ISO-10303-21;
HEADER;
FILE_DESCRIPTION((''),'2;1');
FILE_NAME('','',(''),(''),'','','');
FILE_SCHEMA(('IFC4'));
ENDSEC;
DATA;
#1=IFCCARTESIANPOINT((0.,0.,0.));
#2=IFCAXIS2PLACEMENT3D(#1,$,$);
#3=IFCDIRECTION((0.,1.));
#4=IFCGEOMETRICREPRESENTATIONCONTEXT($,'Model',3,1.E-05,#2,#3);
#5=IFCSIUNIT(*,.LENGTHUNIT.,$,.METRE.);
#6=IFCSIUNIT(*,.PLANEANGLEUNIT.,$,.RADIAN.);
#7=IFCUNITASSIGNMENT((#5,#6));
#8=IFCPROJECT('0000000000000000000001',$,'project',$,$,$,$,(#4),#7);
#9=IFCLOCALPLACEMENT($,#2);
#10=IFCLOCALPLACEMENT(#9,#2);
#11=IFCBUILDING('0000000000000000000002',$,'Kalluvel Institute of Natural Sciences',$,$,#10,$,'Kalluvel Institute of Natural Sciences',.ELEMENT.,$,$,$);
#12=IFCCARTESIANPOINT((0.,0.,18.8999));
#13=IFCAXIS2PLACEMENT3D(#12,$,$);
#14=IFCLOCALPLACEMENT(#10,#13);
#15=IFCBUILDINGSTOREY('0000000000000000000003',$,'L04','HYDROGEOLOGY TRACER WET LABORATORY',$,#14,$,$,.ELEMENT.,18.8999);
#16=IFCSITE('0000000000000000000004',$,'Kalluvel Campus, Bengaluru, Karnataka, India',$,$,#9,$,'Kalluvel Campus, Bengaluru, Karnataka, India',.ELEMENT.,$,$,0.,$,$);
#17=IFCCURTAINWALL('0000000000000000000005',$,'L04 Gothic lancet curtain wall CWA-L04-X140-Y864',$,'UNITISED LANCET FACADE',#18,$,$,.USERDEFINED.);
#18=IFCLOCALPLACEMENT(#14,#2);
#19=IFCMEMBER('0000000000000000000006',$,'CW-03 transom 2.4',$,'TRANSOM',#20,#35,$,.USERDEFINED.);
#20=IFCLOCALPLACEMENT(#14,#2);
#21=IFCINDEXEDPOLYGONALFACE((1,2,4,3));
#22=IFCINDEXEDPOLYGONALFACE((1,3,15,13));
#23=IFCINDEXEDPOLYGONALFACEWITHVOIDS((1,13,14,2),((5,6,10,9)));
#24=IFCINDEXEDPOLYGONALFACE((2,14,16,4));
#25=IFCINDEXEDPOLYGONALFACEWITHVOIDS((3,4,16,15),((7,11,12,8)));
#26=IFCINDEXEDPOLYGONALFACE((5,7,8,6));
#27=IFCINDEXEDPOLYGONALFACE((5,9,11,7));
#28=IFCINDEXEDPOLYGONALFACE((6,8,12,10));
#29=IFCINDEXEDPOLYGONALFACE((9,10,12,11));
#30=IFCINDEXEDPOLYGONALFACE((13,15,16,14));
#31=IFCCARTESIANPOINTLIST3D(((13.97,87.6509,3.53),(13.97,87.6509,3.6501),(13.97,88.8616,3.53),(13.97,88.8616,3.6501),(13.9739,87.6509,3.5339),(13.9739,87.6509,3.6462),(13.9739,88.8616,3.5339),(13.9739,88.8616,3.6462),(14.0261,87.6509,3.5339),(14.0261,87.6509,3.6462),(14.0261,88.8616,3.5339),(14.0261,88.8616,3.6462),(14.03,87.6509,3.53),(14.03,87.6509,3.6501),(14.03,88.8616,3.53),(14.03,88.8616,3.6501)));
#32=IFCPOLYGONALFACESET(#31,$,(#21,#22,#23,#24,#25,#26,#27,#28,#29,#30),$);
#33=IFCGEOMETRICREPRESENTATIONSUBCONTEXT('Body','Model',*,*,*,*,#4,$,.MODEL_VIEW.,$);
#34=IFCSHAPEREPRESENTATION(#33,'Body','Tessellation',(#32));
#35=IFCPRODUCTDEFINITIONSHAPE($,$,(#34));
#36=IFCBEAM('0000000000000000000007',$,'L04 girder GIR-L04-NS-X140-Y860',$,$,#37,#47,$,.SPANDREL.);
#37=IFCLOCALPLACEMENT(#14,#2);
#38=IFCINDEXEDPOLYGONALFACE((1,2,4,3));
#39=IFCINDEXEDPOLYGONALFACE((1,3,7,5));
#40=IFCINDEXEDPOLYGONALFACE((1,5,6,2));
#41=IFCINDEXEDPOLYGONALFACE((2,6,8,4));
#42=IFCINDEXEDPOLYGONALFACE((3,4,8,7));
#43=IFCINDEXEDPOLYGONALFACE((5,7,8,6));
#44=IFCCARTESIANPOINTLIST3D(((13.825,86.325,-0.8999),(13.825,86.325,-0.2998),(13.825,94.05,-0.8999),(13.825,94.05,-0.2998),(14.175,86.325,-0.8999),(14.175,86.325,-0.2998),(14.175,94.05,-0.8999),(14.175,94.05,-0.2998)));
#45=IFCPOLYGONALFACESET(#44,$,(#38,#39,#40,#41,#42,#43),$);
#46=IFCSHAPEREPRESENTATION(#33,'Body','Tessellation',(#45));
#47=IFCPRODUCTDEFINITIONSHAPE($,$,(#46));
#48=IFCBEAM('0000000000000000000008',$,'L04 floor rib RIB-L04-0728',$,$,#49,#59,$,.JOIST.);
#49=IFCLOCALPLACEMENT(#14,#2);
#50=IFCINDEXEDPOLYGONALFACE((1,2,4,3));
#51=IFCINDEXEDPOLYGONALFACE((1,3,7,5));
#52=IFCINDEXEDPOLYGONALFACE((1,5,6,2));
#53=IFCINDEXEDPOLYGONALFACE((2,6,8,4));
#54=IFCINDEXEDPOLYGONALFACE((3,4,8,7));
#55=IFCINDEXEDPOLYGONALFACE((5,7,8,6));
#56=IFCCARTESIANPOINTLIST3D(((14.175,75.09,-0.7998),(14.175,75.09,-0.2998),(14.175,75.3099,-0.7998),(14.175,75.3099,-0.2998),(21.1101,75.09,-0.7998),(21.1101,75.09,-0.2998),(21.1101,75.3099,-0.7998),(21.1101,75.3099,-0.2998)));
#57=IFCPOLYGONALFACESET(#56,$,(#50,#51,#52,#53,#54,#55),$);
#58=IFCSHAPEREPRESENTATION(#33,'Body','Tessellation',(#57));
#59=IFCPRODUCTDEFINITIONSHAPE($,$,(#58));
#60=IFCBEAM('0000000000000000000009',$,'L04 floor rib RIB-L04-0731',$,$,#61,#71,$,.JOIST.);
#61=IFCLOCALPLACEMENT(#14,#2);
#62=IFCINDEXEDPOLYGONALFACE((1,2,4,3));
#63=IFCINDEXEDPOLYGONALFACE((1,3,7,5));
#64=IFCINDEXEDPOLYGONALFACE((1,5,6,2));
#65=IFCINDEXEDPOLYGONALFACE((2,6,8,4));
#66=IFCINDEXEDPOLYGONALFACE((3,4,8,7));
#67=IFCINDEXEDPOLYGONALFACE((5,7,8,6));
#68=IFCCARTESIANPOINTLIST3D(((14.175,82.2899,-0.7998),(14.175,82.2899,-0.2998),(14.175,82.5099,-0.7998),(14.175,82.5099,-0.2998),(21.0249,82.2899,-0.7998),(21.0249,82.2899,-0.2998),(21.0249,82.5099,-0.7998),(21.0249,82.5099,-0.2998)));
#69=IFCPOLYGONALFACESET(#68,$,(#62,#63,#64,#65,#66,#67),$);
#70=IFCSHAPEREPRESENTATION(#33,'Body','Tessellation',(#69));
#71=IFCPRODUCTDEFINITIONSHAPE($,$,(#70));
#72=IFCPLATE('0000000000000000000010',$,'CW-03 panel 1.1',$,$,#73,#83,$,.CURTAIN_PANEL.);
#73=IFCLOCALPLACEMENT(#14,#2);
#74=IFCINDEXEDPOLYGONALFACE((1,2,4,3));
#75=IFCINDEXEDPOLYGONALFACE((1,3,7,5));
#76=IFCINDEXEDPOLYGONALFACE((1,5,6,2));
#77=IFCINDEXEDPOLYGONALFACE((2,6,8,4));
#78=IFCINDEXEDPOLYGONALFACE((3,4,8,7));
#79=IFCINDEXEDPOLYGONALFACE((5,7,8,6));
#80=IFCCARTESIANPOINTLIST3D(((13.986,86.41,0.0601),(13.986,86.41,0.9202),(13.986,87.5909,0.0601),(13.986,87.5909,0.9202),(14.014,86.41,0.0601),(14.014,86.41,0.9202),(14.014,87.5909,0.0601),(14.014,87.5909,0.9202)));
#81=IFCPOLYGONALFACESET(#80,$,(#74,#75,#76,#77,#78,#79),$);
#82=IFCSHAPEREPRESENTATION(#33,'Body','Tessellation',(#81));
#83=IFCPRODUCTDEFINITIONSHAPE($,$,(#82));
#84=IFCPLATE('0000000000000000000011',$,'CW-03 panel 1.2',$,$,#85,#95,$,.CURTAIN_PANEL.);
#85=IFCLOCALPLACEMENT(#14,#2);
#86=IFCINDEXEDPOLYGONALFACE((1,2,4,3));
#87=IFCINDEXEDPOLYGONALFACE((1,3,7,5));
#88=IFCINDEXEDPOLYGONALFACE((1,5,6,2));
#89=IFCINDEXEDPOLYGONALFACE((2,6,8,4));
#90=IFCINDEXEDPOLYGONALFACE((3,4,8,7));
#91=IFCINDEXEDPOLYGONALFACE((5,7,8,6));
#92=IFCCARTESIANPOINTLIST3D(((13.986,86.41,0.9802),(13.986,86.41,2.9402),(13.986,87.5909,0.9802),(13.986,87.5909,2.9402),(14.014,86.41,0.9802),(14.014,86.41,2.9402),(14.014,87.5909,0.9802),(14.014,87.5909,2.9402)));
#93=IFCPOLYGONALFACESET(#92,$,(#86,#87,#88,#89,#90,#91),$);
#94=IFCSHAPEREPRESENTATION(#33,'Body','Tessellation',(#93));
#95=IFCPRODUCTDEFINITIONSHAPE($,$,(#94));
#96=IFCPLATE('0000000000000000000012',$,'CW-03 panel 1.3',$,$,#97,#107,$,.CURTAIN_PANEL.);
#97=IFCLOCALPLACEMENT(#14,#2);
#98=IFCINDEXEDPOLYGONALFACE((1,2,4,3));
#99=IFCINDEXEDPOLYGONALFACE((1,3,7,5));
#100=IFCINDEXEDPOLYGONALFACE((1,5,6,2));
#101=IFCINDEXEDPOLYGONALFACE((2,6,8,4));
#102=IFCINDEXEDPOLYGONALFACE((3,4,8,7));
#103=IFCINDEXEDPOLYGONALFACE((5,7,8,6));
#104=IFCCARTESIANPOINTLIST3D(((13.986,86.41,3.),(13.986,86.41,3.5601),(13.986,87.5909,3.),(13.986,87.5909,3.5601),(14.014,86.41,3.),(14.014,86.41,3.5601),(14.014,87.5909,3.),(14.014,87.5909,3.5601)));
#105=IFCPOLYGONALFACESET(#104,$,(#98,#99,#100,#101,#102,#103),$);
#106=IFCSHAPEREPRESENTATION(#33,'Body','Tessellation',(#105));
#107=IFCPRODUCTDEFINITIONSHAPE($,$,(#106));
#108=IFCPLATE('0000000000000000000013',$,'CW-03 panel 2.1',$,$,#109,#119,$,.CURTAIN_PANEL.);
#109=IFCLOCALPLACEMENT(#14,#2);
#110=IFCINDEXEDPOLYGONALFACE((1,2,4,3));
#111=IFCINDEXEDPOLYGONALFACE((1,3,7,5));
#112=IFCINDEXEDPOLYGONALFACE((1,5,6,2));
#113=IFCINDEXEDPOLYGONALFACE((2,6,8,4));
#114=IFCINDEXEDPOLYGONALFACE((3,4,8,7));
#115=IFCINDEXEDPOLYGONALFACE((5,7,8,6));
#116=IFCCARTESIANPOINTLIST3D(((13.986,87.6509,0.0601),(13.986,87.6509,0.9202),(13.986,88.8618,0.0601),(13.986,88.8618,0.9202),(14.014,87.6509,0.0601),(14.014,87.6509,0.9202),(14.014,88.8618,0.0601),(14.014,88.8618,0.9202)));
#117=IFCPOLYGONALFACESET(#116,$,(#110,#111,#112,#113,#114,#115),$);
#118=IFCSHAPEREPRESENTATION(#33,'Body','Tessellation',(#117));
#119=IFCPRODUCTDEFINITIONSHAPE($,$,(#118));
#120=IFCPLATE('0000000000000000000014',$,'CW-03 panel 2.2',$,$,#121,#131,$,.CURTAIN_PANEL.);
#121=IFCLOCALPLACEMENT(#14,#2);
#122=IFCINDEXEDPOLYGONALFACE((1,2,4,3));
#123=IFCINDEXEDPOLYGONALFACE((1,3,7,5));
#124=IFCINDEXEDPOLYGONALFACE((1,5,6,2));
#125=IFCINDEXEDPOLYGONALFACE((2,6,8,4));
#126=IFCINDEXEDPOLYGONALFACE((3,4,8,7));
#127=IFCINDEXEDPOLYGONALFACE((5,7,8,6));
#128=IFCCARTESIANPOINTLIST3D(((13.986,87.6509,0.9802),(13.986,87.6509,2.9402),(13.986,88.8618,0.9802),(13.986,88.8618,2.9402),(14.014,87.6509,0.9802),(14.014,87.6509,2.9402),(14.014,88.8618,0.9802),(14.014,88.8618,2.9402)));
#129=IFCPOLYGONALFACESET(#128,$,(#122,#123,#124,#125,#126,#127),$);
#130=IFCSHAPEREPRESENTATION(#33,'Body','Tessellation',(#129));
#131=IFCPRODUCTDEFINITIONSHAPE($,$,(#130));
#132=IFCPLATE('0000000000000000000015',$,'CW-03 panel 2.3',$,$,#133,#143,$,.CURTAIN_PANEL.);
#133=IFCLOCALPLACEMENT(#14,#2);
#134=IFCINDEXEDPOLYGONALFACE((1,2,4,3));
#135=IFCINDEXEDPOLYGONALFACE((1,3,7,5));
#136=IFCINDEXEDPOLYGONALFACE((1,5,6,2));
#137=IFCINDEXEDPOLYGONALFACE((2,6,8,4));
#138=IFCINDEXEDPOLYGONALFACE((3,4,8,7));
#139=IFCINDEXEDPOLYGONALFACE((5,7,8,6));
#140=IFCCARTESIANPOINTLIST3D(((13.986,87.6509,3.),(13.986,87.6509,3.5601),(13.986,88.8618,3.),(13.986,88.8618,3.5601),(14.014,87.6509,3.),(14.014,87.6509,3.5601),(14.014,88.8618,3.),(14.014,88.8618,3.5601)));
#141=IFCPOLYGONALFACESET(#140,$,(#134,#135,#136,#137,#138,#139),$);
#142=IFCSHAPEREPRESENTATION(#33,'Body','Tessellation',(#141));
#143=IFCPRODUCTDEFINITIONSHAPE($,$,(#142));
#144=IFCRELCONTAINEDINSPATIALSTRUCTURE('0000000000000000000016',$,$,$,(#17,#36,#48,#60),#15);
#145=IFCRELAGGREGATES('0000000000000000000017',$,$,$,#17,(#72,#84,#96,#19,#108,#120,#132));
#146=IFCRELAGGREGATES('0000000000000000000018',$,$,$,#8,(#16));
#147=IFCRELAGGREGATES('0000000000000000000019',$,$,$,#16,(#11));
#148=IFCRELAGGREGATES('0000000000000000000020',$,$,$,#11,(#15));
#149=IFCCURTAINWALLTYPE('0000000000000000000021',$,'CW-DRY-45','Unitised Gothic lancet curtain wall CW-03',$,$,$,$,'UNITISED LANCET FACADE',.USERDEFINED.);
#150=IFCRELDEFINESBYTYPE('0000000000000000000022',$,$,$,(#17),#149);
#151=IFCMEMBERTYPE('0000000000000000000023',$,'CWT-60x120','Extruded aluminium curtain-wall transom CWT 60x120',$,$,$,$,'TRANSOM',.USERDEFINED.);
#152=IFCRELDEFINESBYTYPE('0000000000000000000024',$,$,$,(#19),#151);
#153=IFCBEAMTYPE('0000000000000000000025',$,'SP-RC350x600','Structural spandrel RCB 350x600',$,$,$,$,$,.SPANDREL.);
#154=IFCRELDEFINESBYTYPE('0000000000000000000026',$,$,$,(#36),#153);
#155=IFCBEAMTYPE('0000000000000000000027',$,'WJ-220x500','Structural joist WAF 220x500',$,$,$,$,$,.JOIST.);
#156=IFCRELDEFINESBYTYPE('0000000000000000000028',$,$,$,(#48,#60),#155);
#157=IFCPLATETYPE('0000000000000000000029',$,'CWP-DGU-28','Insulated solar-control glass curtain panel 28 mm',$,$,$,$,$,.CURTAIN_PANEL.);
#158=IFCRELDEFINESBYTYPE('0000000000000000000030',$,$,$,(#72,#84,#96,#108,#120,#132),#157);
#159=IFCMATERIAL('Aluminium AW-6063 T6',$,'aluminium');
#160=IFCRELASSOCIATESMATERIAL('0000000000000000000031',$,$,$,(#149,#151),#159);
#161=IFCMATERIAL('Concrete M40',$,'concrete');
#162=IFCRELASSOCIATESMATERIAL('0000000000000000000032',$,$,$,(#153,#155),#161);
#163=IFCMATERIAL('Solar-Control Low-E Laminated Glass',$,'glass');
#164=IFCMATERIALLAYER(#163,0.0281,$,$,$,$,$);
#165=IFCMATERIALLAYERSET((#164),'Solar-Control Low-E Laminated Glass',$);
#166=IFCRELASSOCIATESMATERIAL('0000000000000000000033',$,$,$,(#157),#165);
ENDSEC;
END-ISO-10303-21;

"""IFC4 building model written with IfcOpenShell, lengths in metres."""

from ifc_helpers import new_model, si_unit, direction, frame, origin, origin_2d, place, context, subcontext, project, spatial, rectangle, hollow_rectangle, extrude, material, layer, layer_set, material_profile, profile_set, type_object, element, aggregate, save


model = new_model("IFC4")

# Units and contexts
model_context = context("Model", 3, precision=1e-05, world=origin(), true_north=direction((0.0, 1.0)))
body_context = subcontext(model_context, "Body", "Model", "MODEL_VIEW")
ifc_project = project(units=[si_unit("LENGTHUNIT", "METRE"), si_unit("PLANEANGLEUNIT", "RADIAN")], contexts=[model_context])

# Site, building, storey
site_placement = place(None, origin())
site = spatial("IfcSite", under=ifc_project, at=site_placement, Name="Kalluvel Campus, Bengaluru, Karnataka, India", LongName="Kalluvel Campus, Bengaluru, Karnataka, India", CompositionType="ELEMENT", RefElevation=0.0)
building_placement = place(site_placement, origin())
building = spatial("IfcBuilding", under=site, at=building_placement, Name="Kalluvel Institute of Natural Sciences", LongName="Kalluvel Institute of Natural Sciences", CompositionType="ELEMENT")
storey_placement = place(building_placement, frame((0.0, 0.0, 18.8999)))
storey = spatial("IfcBuildingStorey", under=building, at=storey_placement, Name="L04", Description="HYDROGEOLOGY TRACER WET LABORATORY", CompositionType="ELEMENT", Elevation=18.8999)

# Shared definitions
ifc_material_1 = material(Name="Concrete M40", Category="concrete")

# Curtain wall, member
ifc_material_2 = material(Name="Aluminium AW-6063 T6", Category="aluminium")
curtain_wall_type = type_object("IfcCurtainWallType", Name="CW-DRY-45", Description="Unitised Gothic lancet curtain wall CW-03", ElementType="UNITISED LANCET FACADE", PredefinedType="USERDEFINED", material=ifc_material_2)
curtain_wall_placement = place(storey_placement, origin())
curtain_wall = element("IfcCurtainWall", 1, at=curtain_wall_placement, inside=storey, type_object=curtain_wall_type, Name="L04 Gothic lancet curtain wall CWA-L04-X140-Y864", ObjectType="UNITISED LANCET FACADE", PredefinedType="USERDEFINED")
ifc_material_profile_1 = material_profile(ifc_material_2, hollow_rectangle(XDim=0.0601, YDim=0.1201, WallThickness=0.0039, at=origin_2d()), Name="CWT 60x120")
ifc_profile_set_1 = profile_set([ifc_material_profile_1], Name="Aluminium AW-6063 T6")
member_type_1 = type_object("IfcMemberType", Name="CWT-60x120", Description="Extruded aluminium curtain-wall transom CWT 60x120", ElementType="TRANSOM", PredefinedType="USERDEFINED", material=ifc_profile_set_1)
member_1_placement = place(storey_placement, frame((14.0, 87.6509, 3.5901), z_axis=(0.0, 1.0, 0.0), x_axis=(-1.0, 0.0, 0.0)))
member_1 = element("IfcMember", 2, at=member_1_placement, type_object=member_type_1, Name="CW-03 transom 2.4", ObjectType="TRANSOM", PredefinedType="USERDEFINED", context=body_context, shape_type="SweptSolid", body=[
    extrude(hollow_rectangle(XDim=0.0601, YDim=0.1201, WallThickness=0.0039, at=origin_2d()), origin(), (0.0, 0.0, 1.0), 1.2107),
])

# Beams
ifc_material_profile_2 = material_profile(ifc_material_1, rectangle(XDim=0.3501, YDim=0.6001, at=origin_2d()), Name="RCB 350x600")
ifc_profile_set_2 = profile_set([ifc_material_profile_2], Name="Concrete M40")
beam_type_1 = type_object("IfcBeamType", Name="SP-RC350x600", Description="Structural spandrel RCB 350x600", PredefinedType="SPANDREL", material=ifc_profile_set_2)
beam_1_placement = place(storey_placement, frame((14.0, 86.325, -0.5999), z_axis=(0.0, 1.0, 0.0), x_axis=(-1.0, 0.0, 0.0)))
element("IfcBeam", 3, at=beam_1_placement, inside=storey, type_object=beam_type_1, Name="L04 girder GIR-L04-NS-X140-Y860", PredefinedType="SPANDREL", context=body_context, shape_type="SweptSolid", body=[
    extrude(rectangle(XDim=0.3501, YDim=0.6001, at=origin_2d()), origin(), (0.0, 0.0, 1.0), 7.7251),
])
ifc_material_profile_3 = material_profile(ifc_material_1, rectangle(XDim=0.22, YDim=0.5, at=origin_2d()), Name="WAF 220x500")
ifc_profile_set_3 = profile_set([ifc_material_profile_3], Name="Concrete M40")
beam_type_2 = type_object("IfcBeamType", Name="WJ-220x500", Description="Structural joist WAF 220x500", PredefinedType="JOIST", material=ifc_profile_set_3)
beam_2_placement = place(storey_placement, frame((14.175, 75.2, -0.5498), z_axis=(1.0, 0.0, 0.0), x_axis=(0.0, 1.0, 0.0)))
element("IfcBeam", 4, at=beam_2_placement, inside=storey, type_object=beam_type_2, Name="L04 floor rib RIB-L04-0728", PredefinedType="JOIST", context=body_context, shape_type="SweptSolid", body=[
    extrude(rectangle(XDim=0.22, YDim=0.5, at=origin_2d()), origin(), (0.0, 0.0, 1.0), 6.9351),
])
beam_3_placement = place(storey_placement, frame((14.175, 82.3999, -0.5498), z_axis=(1.0, 0.0, 0.0), x_axis=(0.0, 1.0, 0.0)))
element("IfcBeam", 5, at=beam_3_placement, inside=storey, type_object=beam_type_2, Name="L04 floor rib RIB-L04-0731", PredefinedType="JOIST", context=body_context, shape_type="SweptSolid", body=[
    extrude(rectangle(XDim=0.22, YDim=0.5, at=origin_2d()), origin(), (0.0, 0.0, 1.0), 6.8499),
])

# Plates
ifc_material_3 = material(Name="Solar-Control Low-E Laminated Glass", Category="glass")
ifc_layer = layer(ifc_material_3, 0.0281)
ifc_layer_set = layer_set([ifc_layer], Name="Solar-Control Low-E Laminated Glass")
plate_type = type_object("IfcPlateType", Name="CWP-DGU-28", Description="Insulated solar-control glass curtain panel 28 mm", PredefinedType="CURTAIN_PANEL", material=ifc_layer_set)
plate_1_placement = place(storey_placement, frame((14.0, 87.0005, 0.0601), z_axis=(0.0, 0.0, 1.0), x_axis=(0.0, 1.0, 0.0)))
plate_1 = element("IfcPlate", 6, at=plate_1_placement, type_object=plate_type, Name="CW-03 panel 1.1", PredefinedType="CURTAIN_PANEL", context=body_context, shape_type="SweptSolid", body=[
    extrude(rectangle(XDim=1.1809, YDim=0.0281, at=origin_2d()), origin(), (0.0, 0.0, 1.0), 0.8601),
])
plate_2_placement = place(storey_placement, frame((14.0, 87.0005, 0.9802), z_axis=(0.0, 0.0, 1.0), x_axis=(0.0, 1.0, 0.0)))
plate_2 = element("IfcPlate", 7, at=plate_2_placement, type_object=plate_type, Name="CW-03 panel 1.2", PredefinedType="CURTAIN_PANEL", context=body_context, shape_type="SweptSolid", body=[
    extrude(rectangle(XDim=1.1809, YDim=0.0281, at=origin_2d()), origin(), (0.0, 0.0, 1.0), 1.96),
])
plate_3_placement = place(storey_placement, frame((14.0, 87.0005, 3.0), z_axis=(0.0, 0.0, 1.0), x_axis=(0.0, 1.0, 0.0)))
plate_3 = element("IfcPlate", 8, at=plate_3_placement, type_object=plate_type, Name="CW-03 panel 1.3", PredefinedType="CURTAIN_PANEL", context=body_context, shape_type="SweptSolid", body=[
    extrude(rectangle(XDim=1.1809, YDim=0.0281, at=origin_2d()), origin(), (0.0, 0.0, 1.0), 0.5601),
])
plate_4_placement = place(storey_placement, frame((14.0, 88.2563, 0.0601), z_axis=(0.0, 0.0, 1.0), x_axis=(0.0, 1.0, 0.0)))
plate_4 = element("IfcPlate", 9, at=plate_4_placement, type_object=plate_type, Name="CW-03 panel 2.1", PredefinedType="CURTAIN_PANEL", context=body_context, shape_type="SweptSolid", body=[
    extrude(rectangle(XDim=1.2109, YDim=0.0281, at=origin_2d()), origin(), (0.0, 0.0, 1.0), 0.8601),
])
plate_5_placement = place(storey_placement, frame((14.0, 88.2563, 0.9802), z_axis=(0.0, 0.0, 1.0), x_axis=(0.0, 1.0, 0.0)))
plate_5 = element("IfcPlate", 10, at=plate_5_placement, type_object=plate_type, Name="CW-03 panel 2.2", PredefinedType="CURTAIN_PANEL", context=body_context, shape_type="SweptSolid", body=[
    extrude(rectangle(XDim=1.2109, YDim=0.0281, at=origin_2d()), origin(), (0.0, 0.0, 1.0), 1.96),
])
plate_6_placement = place(storey_placement, frame((14.0, 88.2563, 3.0), z_axis=(0.0, 0.0, 1.0), x_axis=(0.0, 1.0, 0.0)))
plate_6 = element("IfcPlate", 11, at=plate_6_placement, type_object=plate_type, Name="CW-03 panel 2.3", PredefinedType="CURTAIN_PANEL", context=body_context, shape_type="SweptSolid", body=[
    extrude(rectangle(XDim=1.2109, YDim=0.0281, at=origin_2d()), origin(), (0.0, 0.0, 1.0), 0.5601),
])
aggregate(curtain_wall, [plate_1, plate_2, plate_3, member_1, plate_4, plate_5, plate_6])

save(model, "model.ifc")
